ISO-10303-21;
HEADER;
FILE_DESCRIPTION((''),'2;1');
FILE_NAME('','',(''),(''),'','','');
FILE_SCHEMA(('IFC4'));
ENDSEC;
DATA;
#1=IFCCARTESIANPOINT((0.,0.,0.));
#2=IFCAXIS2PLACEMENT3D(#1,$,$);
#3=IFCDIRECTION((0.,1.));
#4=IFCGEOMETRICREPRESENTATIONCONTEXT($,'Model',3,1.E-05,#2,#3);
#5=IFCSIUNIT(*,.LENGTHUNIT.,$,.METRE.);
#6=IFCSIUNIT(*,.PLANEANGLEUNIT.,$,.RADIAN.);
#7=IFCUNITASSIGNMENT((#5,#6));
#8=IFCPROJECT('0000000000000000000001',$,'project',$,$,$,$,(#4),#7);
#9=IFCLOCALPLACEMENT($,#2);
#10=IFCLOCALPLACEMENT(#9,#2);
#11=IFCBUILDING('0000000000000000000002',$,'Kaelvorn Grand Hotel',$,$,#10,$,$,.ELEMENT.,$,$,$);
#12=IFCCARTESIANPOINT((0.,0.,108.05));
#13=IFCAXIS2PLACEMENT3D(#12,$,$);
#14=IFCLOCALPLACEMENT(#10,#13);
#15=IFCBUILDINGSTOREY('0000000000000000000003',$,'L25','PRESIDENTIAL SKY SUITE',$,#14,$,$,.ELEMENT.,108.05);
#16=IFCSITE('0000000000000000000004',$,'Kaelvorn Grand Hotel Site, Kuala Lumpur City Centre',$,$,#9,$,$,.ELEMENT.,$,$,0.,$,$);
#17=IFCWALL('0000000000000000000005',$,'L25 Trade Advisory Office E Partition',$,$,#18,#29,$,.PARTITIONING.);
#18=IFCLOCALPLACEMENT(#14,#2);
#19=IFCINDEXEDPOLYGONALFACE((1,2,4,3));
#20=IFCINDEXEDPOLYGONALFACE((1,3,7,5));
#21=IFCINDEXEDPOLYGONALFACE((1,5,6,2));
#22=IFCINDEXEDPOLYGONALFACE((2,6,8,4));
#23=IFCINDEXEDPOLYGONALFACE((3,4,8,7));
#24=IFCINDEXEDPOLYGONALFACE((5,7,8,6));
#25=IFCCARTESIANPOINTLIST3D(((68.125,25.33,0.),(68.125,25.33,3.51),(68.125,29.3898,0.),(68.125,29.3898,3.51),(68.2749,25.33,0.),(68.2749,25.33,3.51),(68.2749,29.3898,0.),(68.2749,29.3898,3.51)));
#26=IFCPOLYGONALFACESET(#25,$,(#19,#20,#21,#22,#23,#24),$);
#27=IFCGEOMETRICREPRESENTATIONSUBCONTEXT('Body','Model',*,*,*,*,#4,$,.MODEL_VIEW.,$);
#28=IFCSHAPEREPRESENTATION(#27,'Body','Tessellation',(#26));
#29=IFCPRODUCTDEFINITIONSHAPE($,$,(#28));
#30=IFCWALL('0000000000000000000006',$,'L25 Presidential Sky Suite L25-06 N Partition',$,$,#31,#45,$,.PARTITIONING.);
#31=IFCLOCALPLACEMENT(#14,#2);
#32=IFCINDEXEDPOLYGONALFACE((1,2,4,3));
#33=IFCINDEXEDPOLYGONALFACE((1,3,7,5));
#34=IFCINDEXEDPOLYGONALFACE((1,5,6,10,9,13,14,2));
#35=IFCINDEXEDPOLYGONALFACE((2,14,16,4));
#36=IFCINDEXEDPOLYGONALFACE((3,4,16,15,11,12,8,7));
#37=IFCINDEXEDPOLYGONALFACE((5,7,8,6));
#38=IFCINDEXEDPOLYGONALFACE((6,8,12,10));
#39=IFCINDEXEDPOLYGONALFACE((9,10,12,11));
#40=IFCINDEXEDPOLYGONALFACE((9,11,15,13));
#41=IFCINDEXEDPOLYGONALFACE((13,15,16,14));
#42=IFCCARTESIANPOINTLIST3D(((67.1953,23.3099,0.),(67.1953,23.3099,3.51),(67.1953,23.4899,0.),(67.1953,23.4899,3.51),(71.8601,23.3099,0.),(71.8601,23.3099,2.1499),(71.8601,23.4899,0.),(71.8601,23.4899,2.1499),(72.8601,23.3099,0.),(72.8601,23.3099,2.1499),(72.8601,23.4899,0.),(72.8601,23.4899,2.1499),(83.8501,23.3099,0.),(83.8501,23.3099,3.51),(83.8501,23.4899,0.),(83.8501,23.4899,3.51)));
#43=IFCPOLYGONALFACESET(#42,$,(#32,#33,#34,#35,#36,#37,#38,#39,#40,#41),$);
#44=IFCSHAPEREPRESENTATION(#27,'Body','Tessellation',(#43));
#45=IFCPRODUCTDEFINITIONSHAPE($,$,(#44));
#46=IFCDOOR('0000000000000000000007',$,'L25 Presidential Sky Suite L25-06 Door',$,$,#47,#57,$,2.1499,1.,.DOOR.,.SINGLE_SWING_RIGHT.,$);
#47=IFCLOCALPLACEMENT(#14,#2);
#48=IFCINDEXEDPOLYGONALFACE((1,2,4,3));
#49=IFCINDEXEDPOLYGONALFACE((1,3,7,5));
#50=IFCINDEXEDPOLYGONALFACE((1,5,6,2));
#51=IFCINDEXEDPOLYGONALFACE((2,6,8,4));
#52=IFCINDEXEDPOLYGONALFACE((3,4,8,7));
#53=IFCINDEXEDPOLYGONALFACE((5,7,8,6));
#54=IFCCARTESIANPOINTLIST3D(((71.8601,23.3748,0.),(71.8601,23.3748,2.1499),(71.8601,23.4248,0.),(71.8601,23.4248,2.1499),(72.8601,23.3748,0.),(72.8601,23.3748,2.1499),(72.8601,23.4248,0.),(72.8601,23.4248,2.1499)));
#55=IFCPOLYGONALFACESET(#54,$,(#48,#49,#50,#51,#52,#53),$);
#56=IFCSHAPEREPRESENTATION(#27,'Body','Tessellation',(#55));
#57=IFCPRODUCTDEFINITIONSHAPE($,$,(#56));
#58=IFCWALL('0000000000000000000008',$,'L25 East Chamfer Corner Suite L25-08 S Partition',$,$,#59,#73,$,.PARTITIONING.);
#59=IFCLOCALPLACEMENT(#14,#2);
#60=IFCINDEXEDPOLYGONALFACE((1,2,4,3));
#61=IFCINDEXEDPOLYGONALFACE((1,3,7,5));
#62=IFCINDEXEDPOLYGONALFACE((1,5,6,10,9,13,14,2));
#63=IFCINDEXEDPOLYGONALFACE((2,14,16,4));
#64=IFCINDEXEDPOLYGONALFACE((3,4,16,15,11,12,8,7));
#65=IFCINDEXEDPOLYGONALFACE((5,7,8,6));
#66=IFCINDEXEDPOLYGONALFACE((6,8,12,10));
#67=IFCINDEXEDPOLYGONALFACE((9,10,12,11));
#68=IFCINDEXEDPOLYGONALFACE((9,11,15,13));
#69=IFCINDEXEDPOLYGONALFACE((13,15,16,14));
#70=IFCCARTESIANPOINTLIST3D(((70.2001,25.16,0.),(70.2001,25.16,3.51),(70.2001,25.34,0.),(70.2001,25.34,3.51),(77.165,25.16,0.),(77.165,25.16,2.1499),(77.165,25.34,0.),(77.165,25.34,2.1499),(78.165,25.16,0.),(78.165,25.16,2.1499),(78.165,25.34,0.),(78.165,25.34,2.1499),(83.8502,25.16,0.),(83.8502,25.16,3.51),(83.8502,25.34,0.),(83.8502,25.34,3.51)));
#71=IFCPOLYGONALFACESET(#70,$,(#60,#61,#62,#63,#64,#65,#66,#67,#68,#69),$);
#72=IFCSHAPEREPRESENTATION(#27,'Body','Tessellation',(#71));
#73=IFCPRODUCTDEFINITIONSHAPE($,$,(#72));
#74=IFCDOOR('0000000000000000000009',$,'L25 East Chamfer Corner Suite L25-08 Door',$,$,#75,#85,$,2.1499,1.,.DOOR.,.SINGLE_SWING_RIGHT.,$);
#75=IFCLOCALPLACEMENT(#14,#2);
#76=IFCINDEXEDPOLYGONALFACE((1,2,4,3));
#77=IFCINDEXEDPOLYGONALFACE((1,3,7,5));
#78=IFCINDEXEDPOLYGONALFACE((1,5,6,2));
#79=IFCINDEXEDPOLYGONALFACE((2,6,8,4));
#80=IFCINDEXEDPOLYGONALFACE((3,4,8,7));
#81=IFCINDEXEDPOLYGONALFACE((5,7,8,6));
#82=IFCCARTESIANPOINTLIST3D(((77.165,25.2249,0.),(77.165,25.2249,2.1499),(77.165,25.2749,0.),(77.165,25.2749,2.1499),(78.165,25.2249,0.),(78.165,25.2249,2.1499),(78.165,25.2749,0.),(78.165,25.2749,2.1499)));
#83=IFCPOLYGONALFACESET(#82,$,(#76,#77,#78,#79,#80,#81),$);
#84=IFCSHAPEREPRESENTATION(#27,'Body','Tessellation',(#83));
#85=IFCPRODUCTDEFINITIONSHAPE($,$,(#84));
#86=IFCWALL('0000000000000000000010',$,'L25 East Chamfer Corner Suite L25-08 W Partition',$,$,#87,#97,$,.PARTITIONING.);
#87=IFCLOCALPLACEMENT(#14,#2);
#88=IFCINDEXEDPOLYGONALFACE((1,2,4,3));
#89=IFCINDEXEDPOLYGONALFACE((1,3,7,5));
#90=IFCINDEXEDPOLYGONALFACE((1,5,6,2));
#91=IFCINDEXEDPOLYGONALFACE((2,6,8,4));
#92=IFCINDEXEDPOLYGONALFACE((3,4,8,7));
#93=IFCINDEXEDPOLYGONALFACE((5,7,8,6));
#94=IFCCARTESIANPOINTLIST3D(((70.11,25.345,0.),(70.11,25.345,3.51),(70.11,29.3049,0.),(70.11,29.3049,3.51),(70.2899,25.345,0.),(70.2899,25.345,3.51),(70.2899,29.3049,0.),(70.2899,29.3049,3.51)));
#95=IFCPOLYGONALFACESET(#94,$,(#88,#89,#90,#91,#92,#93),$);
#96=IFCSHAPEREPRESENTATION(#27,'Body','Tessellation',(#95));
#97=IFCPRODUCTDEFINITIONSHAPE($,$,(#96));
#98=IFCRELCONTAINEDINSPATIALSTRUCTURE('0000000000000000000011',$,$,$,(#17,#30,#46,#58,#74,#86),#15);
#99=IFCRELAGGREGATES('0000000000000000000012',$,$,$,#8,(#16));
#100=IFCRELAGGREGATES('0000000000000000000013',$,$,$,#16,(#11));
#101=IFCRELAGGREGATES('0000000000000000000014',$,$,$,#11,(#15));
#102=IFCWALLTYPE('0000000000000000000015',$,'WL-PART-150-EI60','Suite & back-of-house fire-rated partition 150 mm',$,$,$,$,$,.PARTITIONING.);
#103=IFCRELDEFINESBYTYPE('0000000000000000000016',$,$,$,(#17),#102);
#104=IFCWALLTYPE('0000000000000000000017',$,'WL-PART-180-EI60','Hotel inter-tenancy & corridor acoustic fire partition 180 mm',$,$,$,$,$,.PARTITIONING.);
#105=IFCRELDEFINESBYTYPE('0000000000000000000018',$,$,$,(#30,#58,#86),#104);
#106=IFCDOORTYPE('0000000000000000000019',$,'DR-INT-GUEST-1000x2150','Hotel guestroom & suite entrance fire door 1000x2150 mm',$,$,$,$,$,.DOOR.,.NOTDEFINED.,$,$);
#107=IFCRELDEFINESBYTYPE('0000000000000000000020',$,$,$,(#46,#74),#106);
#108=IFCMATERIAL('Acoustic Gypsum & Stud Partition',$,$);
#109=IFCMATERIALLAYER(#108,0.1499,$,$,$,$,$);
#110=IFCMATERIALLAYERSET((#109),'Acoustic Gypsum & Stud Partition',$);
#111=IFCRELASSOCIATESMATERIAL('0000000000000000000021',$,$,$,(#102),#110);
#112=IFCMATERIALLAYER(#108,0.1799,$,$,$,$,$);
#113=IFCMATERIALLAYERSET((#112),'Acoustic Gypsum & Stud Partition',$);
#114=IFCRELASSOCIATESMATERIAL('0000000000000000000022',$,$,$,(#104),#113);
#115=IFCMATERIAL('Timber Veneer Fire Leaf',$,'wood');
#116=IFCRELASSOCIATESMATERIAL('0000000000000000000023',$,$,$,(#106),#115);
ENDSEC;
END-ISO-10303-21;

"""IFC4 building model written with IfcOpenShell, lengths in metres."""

from ifc_helpers import new_model, si_unit, direction, frame, frame_2d, origin, place, context, subcontext, project, spatial, rectangle, extrude, material, layer, layer_set, type_object, element, fill, save


model = new_model("IFC4")

# Units and contexts
model_context = context("Model", 3, precision=1e-05, world=origin(), true_north=direction((0.0, 1.0)))
body_context = subcontext(model_context, "Body", "Model", "MODEL_VIEW")
ifc_project = project(units=[si_unit("LENGTHUNIT", "METRE"), si_unit("PLANEANGLEUNIT", "RADIAN")], contexts=[model_context])

# Site, building, storey
site_placement = place(None, origin())
site = spatial("IfcSite", under=ifc_project, at=site_placement, Name="Kaelvorn Grand Hotel Site, Kuala Lumpur City Centre", CompositionType="ELEMENT", RefElevation=0.0)
building_placement = place(site_placement, origin())
building = spatial("IfcBuilding", under=site, at=building_placement, Name="Kaelvorn Grand Hotel", CompositionType="ELEMENT")
storey_placement = place(building_placement, frame((0.0, 0.0, 108.05)))
storey = spatial("IfcBuildingStorey", under=building, at=storey_placement, Name="L25", Description="PRESIDENTIAL SKY SUITE", CompositionType="ELEMENT", Elevation=108.05)

# Wall
ifc_material_1 = material(Name="Acoustic Gypsum & Stud Partition")
ifc_layer_1 = layer(ifc_material_1, 0.1499)
ifc_layer_set_1 = layer_set([ifc_layer_1], Name="Acoustic Gypsum & Stud Partition")
wall_type_1 = type_object("IfcWallType", Name="WL-PART-150-EI60", Description="Suite & back-of-house fire-rated partition 150 mm", PredefinedType="PARTITIONING", material=ifc_layer_set_1)
wall_1_placement = place(storey_placement, frame((68.2, 25.3301, 0.0), z_axis=(0.0, 0.0, 1.0), x_axis=(0.0, 1.0, 0.0)))
element("IfcWall", 1, at=wall_1_placement, inside=storey, type_object=wall_type_1, Name="L25 Trade Advisory Office E Partition", PredefinedType="PARTITIONING", context=body_context, shape_type="SweptSolid", body=[
    extrude(rectangle(XDim=4.0598, YDim=0.1499, at=frame_2d((2.0298, 0.0))), origin(), (0.0, 0.0, 1.0), 3.51),
])

# Walls, openings, doors
ifc_layer_2 = layer(ifc_material_1, 0.1799)
ifc_layer_set_2 = layer_set([ifc_layer_2], Name="Acoustic Gypsum & Stud Partition")
wall_type_2 = type_object("IfcWallType", Name="WL-PART-180-EI60", Description="Hotel inter-tenancy & corridor acoustic fire partition 180 mm", PredefinedType="PARTITIONING", material=ifc_layer_set_2)
wall_2_placement = place(storey_placement, frame((67.1953, 23.3999, 0.0), z_axis=(0.0, 0.0, 1.0), x_axis=(1.0, 0.0, 0.0)))
wall_2 = element("IfcWall", 2, at=wall_2_placement, inside=storey, type_object=wall_type_2, Name="L25 Presidential Sky Suite L25-06 N Partition", PredefinedType="PARTITIONING", context=body_context, shape_type="SweptSolid", body=[
    extrude(rectangle(XDim=16.6548, YDim=0.1799, at=frame_2d((8.3274, 0.0))), origin(), (0.0, 0.0, 1.0), 3.51),
])
opening_1_placement = place(wall_2_placement, frame((4.6648, 0.0, 0.0)))
opening_1 = element("IfcOpeningElement", 3, at=opening_1_placement, cuts=wall_2, PredefinedType="OPENING", context=body_context, shape_type="SweptSolid", body=[
    extrude(rectangle(XDim=1.0, YDim=2.1499, at=frame_2d((0.5, 1.075))), frame((0.0, 0.1001, 0.0), z_axis=(0.0, -1.0, 0.0), x_axis=(1.0, 0.0, 0.0)), (0.0, 0.0, 1.0), 0.2),
])
ifc_material_2 = material(Name="Timber Veneer Fire Leaf", Category="wood")
door_type_1 = type_object("IfcDoorType", Name="DR-INT-GUEST-1000x2150", Description="Hotel guestroom & suite entrance fire door 1000x2150 mm", OperationType="NOTDEFINED", PredefinedType="DOOR", material=ifc_material_2)
door_1_placement = place(opening_1_placement, origin())
door_1 = element("IfcDoor", 4, at=door_1_placement, inside=storey, type_object=door_type_1, Name="L25 Presidential Sky Suite L25-06 Door", OperationType="SINGLE_SWING_RIGHT", OverallHeight=2.1499, OverallWidth=1.0, PredefinedType="DOOR", context=body_context, shape_type="SweptSolid", body=[
    extrude(rectangle(XDim=1.0, YDim=2.1499, at=frame_2d((0.5, 1.075))), frame((0.0, 0.0249, 0.0), z_axis=(0.0, -1.0, 0.0), x_axis=(1.0, 0.0, 0.0)), (0.0, 0.0, 1.0), 0.05),
])
fill(opening_1, door_1)
wall_3_placement = place(storey_placement, frame((70.2, 25.25, 0.0), z_axis=(0.0, 0.0, 1.0), x_axis=(1.0, 0.0, 0.0)))
wall_3 = element("IfcWall", 5, at=wall_3_placement, inside=storey, type_object=wall_type_2, Name="L25 East Chamfer Corner Suite L25-08 S Partition", PredefinedType="PARTITIONING", context=body_context, shape_type="SweptSolid", body=[
    extrude(rectangle(XDim=13.6501, YDim=0.1799, at=frame_2d((6.8252, 0.0))), origin(), (0.0, 0.0, 1.0), 3.51),
])
opening_2_placement = place(wall_3_placement, frame((6.9651, 0.0, 0.0)))
opening_2 = element("IfcOpeningElement", 6, at=opening_2_placement, cuts=wall_3, PredefinedType="OPENING", context=body_context, shape_type="SweptSolid", body=[
    extrude(rectangle(XDim=1.0, YDim=2.1499, at=frame_2d((0.5, 1.075))), frame((0.0, 0.1001, 0.0), z_axis=(0.0, -1.0, 0.0), x_axis=(1.0, 0.0, 0.0)), (0.0, 0.0, 1.0), 0.2),
])
door_2_placement = place(opening_2_placement, origin())
door_2 = element("IfcDoor", 7, at=door_2_placement, inside=storey, type_object=door_type_1, Name="L25 East Chamfer Corner Suite L25-08 Door", OperationType="SINGLE_SWING_RIGHT", OverallHeight=2.1499, OverallWidth=1.0, PredefinedType="DOOR", context=body_context, shape_type="SweptSolid", body=[
    extrude(rectangle(XDim=1.0, YDim=2.1499, at=frame_2d((0.5, 1.075))), frame((0.0, 0.0249, 0.0), z_axis=(0.0, -1.0, 0.0), x_axis=(1.0, 0.0, 0.0)), (0.0, 0.0, 1.0), 0.05),
])
fill(opening_2, door_2)

# Wall
wall_4_placement = place(storey_placement, frame((70.2, 25.345, 0.0), z_axis=(0.0, 0.0, 1.0), x_axis=(0.0, 1.0, 0.0)))
element("IfcWall", 8, at=wall_4_placement, inside=storey, type_object=wall_type_2, Name="L25 East Chamfer Corner Suite L25-08 W Partition", PredefinedType="PARTITIONING", context=body_context, shape_type="SweptSolid", body=[
    extrude(rectangle(XDim=3.96, YDim=0.1799, at=frame_2d((1.98, 0.0))), origin(), (0.0, 0.0, 1.0), 3.51),
])

save(model, "model.ifc")
